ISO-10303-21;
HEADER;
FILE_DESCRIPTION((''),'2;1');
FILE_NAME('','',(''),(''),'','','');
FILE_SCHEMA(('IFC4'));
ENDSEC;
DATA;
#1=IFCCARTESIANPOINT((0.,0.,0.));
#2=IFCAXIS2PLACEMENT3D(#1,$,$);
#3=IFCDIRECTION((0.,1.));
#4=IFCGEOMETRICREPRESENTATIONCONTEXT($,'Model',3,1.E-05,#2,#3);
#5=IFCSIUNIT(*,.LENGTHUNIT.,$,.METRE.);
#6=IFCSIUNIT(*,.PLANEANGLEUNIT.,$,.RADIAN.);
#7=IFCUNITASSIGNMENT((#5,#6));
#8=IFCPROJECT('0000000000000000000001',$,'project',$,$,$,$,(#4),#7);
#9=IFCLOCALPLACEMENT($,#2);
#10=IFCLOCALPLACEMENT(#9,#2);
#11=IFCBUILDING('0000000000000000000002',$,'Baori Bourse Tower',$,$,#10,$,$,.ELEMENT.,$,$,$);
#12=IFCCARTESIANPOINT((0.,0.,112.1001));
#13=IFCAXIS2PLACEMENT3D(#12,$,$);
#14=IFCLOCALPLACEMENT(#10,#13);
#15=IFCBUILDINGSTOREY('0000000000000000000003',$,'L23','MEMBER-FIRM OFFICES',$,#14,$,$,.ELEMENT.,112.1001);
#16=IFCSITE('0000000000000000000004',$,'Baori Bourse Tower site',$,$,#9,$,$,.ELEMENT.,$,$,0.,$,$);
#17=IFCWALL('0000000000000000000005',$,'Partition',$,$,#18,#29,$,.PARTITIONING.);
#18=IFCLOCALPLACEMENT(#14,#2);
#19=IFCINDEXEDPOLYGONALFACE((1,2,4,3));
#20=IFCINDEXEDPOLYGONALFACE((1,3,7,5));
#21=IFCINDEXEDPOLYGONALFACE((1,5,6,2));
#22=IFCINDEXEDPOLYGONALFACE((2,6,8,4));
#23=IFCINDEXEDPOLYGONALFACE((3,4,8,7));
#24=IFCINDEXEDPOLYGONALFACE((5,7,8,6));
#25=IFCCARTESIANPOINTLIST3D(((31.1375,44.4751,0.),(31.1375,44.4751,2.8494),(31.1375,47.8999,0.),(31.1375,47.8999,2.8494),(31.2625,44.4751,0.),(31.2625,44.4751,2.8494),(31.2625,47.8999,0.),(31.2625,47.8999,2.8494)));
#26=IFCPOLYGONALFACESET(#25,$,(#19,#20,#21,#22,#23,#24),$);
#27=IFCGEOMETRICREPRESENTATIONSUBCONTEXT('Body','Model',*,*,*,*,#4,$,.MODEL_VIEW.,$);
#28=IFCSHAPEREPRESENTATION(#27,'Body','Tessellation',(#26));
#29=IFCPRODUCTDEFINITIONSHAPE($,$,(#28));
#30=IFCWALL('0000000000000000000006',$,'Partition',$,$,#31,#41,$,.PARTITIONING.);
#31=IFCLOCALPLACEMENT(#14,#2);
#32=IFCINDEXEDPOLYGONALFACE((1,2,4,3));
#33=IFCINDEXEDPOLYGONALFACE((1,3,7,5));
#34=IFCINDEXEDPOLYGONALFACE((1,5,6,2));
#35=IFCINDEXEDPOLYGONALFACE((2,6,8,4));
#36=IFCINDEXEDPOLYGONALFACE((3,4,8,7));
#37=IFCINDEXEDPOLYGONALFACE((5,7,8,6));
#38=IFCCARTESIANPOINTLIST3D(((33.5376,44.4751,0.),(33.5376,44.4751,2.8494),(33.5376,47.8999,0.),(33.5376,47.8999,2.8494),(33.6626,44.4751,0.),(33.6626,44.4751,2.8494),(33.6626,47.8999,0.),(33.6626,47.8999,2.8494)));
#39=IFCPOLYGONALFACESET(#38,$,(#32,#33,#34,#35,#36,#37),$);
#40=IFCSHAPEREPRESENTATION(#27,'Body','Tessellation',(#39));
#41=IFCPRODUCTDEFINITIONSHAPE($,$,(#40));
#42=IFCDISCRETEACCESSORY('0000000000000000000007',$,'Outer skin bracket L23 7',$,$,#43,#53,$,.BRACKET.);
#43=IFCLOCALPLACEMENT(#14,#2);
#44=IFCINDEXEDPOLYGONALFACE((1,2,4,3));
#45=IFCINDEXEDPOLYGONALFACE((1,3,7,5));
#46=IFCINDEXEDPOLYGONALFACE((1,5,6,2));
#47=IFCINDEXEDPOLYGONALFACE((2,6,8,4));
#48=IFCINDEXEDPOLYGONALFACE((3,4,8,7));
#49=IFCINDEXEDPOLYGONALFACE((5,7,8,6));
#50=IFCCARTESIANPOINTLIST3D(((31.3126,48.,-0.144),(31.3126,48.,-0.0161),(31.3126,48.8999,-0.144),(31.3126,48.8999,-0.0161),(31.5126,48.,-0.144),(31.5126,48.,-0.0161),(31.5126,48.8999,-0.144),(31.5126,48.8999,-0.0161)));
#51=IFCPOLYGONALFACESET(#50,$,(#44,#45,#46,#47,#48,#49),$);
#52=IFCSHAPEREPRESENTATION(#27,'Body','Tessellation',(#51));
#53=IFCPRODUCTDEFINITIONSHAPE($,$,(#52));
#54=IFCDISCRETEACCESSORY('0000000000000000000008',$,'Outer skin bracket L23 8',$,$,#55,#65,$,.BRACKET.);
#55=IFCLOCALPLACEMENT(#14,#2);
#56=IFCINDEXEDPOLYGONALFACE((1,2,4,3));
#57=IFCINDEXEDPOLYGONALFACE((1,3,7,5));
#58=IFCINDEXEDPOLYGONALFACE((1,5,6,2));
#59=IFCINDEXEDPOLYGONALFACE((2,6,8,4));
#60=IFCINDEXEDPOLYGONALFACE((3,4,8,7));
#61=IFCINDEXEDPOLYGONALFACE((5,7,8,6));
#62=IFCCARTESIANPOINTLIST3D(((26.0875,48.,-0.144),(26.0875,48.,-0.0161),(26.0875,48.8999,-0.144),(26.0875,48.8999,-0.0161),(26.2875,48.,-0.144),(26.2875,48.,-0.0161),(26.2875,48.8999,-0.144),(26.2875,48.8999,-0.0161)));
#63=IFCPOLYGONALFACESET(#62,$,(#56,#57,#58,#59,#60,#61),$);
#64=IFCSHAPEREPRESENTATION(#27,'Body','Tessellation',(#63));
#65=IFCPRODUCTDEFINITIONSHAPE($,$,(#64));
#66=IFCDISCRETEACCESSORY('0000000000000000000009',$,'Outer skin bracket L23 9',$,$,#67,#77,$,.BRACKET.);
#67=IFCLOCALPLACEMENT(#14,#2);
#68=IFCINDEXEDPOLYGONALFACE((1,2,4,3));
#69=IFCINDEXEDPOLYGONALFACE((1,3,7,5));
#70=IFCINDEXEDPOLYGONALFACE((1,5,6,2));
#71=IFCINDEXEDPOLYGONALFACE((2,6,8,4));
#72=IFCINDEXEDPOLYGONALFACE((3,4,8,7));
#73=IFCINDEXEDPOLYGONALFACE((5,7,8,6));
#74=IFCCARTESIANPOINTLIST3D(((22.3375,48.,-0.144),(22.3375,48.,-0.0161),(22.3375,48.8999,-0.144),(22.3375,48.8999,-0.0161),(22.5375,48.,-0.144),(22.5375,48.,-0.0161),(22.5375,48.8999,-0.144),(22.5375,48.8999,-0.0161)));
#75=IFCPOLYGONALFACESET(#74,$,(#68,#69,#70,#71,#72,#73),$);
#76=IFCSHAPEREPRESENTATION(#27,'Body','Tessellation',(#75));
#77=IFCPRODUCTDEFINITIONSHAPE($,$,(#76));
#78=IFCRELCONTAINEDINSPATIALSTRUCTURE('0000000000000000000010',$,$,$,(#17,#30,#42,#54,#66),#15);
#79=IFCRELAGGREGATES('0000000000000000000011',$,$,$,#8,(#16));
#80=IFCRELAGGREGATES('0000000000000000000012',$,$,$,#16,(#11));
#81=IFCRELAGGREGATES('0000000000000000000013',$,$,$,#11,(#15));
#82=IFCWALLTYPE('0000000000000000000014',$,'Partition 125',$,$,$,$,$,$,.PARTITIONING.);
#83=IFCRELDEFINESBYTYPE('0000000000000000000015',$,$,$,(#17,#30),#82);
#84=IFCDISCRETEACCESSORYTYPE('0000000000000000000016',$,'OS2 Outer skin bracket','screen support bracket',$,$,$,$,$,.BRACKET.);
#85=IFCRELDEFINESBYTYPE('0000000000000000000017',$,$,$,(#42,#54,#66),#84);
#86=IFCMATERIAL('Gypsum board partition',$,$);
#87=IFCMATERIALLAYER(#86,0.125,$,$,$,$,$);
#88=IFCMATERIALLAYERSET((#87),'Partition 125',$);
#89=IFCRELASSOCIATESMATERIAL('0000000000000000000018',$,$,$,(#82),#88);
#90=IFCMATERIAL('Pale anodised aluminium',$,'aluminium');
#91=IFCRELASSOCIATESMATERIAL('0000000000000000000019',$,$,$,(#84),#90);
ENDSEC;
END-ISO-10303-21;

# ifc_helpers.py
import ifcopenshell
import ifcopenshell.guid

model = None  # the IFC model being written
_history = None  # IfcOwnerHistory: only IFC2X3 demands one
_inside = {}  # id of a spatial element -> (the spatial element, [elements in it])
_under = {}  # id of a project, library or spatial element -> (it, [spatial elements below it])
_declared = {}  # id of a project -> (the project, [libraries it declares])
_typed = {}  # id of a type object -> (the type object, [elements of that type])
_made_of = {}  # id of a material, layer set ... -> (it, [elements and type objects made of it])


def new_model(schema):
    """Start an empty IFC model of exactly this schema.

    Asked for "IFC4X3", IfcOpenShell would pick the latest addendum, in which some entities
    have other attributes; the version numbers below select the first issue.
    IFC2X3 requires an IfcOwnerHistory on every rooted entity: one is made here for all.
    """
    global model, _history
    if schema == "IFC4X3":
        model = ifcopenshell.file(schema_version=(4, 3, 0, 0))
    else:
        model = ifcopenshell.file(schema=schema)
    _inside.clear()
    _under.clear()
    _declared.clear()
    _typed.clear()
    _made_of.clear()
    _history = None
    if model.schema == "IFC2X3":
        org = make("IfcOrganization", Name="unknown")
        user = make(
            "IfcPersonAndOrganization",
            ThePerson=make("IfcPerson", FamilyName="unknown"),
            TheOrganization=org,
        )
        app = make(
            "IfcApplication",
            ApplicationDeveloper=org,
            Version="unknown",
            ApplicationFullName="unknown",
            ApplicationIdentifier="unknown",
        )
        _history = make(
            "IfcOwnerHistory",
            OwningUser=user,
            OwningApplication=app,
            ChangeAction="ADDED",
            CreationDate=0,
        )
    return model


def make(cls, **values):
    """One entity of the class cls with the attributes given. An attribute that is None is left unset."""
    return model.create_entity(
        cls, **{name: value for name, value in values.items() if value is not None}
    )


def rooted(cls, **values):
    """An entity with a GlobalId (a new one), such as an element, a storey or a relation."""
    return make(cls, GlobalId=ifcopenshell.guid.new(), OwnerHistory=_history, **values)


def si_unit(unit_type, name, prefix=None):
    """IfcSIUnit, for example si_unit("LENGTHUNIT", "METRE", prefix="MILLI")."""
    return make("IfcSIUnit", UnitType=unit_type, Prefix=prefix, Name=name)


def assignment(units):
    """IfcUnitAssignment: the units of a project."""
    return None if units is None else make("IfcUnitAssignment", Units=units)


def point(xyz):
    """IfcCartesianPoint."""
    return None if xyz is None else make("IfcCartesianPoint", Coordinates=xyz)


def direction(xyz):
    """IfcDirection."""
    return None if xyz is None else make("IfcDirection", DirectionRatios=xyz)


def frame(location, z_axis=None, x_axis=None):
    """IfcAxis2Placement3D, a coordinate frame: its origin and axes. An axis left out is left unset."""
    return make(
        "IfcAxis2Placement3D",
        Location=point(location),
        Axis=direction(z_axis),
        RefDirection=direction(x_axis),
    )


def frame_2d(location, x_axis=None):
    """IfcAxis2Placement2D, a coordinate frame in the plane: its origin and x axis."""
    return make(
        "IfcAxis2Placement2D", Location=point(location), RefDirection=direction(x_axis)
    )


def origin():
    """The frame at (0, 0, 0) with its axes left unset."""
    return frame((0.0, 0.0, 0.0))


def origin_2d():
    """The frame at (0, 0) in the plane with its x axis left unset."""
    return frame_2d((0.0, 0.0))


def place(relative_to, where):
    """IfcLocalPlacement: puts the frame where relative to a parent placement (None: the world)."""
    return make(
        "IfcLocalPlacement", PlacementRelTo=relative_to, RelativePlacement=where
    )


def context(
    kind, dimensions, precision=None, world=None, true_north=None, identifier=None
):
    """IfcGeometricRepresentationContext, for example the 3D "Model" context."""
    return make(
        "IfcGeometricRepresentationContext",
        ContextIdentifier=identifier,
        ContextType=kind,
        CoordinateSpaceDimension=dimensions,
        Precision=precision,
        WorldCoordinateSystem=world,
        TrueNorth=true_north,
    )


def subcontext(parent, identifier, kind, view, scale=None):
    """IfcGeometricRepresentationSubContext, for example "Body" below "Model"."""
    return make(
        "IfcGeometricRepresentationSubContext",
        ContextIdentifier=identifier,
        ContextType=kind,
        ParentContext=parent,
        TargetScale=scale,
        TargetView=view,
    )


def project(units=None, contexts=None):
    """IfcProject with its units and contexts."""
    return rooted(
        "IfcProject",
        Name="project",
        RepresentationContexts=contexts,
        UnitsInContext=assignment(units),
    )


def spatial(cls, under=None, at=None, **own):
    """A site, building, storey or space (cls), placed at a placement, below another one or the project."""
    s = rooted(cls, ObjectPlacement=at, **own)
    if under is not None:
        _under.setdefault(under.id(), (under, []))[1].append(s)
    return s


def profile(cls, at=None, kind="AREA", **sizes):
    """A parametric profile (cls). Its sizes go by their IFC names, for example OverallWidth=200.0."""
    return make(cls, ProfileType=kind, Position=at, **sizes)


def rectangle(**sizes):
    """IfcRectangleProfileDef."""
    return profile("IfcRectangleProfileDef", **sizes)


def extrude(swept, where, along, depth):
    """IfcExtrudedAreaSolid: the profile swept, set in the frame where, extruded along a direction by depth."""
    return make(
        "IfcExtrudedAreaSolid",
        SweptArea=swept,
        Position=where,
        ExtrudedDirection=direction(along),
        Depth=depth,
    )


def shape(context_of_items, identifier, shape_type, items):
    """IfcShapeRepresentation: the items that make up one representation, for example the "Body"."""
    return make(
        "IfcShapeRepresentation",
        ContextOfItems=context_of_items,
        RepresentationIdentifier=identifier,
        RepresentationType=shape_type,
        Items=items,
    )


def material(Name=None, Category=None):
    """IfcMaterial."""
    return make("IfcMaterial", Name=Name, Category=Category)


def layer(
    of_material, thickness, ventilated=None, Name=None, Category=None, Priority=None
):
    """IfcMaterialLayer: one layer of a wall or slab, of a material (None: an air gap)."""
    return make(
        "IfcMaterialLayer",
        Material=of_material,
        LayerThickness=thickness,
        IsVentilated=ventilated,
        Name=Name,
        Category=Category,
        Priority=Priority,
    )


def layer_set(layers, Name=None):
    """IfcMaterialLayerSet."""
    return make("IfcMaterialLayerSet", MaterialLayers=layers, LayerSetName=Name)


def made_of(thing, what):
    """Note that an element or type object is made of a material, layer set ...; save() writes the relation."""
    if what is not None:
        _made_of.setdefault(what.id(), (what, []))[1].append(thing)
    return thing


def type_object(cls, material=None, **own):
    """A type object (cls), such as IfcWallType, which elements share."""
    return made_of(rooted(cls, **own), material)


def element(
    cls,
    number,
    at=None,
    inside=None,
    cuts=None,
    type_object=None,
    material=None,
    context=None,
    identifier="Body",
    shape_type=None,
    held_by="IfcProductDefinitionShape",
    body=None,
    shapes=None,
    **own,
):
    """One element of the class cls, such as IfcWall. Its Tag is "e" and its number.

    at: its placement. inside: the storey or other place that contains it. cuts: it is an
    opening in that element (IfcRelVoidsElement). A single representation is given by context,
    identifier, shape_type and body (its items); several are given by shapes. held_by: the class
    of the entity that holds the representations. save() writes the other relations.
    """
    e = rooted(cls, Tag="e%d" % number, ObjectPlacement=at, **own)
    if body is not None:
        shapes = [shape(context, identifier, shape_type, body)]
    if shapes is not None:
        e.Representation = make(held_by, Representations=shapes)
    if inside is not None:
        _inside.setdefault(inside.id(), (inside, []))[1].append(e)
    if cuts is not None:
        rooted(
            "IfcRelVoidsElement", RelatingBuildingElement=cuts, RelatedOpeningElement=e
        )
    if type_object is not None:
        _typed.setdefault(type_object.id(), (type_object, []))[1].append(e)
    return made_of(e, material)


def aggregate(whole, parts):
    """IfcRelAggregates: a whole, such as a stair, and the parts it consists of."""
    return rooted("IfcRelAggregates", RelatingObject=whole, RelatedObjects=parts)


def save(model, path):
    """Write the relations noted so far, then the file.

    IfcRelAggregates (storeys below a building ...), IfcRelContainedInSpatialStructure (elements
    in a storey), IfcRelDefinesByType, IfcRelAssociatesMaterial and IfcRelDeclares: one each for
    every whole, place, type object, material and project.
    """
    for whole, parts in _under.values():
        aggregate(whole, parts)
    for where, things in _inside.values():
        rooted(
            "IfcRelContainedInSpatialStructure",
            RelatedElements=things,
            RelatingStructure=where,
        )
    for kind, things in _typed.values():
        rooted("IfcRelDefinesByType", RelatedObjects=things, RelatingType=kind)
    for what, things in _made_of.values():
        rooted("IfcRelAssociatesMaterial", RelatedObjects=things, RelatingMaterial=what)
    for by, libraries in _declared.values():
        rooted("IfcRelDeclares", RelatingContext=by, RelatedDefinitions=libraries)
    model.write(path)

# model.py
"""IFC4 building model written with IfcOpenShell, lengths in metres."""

from ifc_helpers import new_model, si_unit, direction, frame, frame_2d, origin, origin_2d, place, context, subcontext, project, spatial, rectangle, extrude, material, layer, layer_set, type_object, element, save


model = new_model("IFC4")

# Units and contexts
model_context = context("Model", 3, precision=1e-05, world=origin(), true_north=direction((0.0, 1.0)))
body_context = subcontext(model_context, "Body", "Model", "MODEL_VIEW")
ifc_project = project(units=[si_unit("LENGTHUNIT", "METRE"), si_unit("PLANEANGLEUNIT", "RADIAN")], contexts=[model_context])

# Site, building, storey
site_placement = place(None, origin())
site = spatial("IfcSite", under=ifc_project, at=site_placement, Name="Baori Bourse Tower site", CompositionType="ELEMENT", RefElevation=0.0)
building_placement = place(site_placement, origin())
building = spatial("IfcBuilding", under=site, at=building_placement, Name="Baori Bourse Tower", CompositionType="ELEMENT")
storey_placement = place(building_placement, frame((0.0, 0.0, 112.1001)))
storey = spatial("IfcBuildingStorey", under=building, at=storey_placement, Name="L23", Description="MEMBER-FIRM OFFICES", CompositionType="ELEMENT", Elevation=112.1001)

# Walls
ifc_material_1 = material(Name="Gypsum board partition")
ifc_layer_1 = layer(ifc_material_1, 0.125)
ifc_layer_set_1 = layer_set([ifc_layer_1], Name="Partition 125")
wall_type_1 = type_object("IfcWallType", Name="Partition 125", PredefinedType="PARTITIONING", material=ifc_layer_set_1)
for number, where, z_axis, x_axis, name in (
    (1, (31.2, 44.4751, 0.0), (0.0, 0.0, 1.0), (0.0, 1.0, 0.0), "Partition"),
    (2, (33.6001, 44.4751, 0.0), (0.0, 0.0, 1.0), (0.0, 1.0, 0.0), "Partition"),
):
    element("IfcWall", number, at=place(storey_placement, frame(where, z_axis=z_axis, x_axis=x_axis)), inside=storey, type_object=wall_type_1, Name=name, PredefinedType="PARTITIONING", context=body_context, shape_type="SweptSolid", body=[
        extrude(rectangle(XDim=3.4248, YDim=0.125, at=frame_2d((1.7124, 0.0))), origin(), (0.0, 0.0, 1.0), 2.8494),
    ])

# Discrete accessories
ifc_material_2 = material(Name="Pale anodised aluminium", Category="aluminium")
discrete_accessory_type = type_object("IfcDiscreteAccessoryType", Name="OS2 Outer skin bracket", Description="screen support bracket", PredefinedType="BRACKET", material=ifc_material_2)
for number, where, z_axis, x_axis, name in (
    (3, (31.4126, 48.45, -0.144), (0.0, 0.0, 1.0), (-1.0, 0.0, 0.0), "Outer skin bracket L23 7"),
    (4, (26.1875, 48.45, -0.144), (0.0, 0.0, 1.0), (-1.0, 0.0, 0.0), "Outer skin bracket L23 8"),
    (5, (22.4375, 48.45, -0.144), (0.0, 0.0, 1.0), (-1.0, 0.0, 0.0), "Outer skin bracket L23 9"),
):
    element("IfcDiscreteAccessory", number, at=place(storey_placement, frame(where, z_axis=z_axis, x_axis=x_axis)), inside=storey, type_object=discrete_accessory_type, Name=name, PredefinedType="BRACKET", context=body_context, shape_type="SweptSolid", body=[
        extrude(rectangle(XDim=0.2, YDim=0.8999, at=origin_2d()), origin(), (0.0, 0.0, 1.0), 0.1279),
    ])

save(model, "model.ifc")
